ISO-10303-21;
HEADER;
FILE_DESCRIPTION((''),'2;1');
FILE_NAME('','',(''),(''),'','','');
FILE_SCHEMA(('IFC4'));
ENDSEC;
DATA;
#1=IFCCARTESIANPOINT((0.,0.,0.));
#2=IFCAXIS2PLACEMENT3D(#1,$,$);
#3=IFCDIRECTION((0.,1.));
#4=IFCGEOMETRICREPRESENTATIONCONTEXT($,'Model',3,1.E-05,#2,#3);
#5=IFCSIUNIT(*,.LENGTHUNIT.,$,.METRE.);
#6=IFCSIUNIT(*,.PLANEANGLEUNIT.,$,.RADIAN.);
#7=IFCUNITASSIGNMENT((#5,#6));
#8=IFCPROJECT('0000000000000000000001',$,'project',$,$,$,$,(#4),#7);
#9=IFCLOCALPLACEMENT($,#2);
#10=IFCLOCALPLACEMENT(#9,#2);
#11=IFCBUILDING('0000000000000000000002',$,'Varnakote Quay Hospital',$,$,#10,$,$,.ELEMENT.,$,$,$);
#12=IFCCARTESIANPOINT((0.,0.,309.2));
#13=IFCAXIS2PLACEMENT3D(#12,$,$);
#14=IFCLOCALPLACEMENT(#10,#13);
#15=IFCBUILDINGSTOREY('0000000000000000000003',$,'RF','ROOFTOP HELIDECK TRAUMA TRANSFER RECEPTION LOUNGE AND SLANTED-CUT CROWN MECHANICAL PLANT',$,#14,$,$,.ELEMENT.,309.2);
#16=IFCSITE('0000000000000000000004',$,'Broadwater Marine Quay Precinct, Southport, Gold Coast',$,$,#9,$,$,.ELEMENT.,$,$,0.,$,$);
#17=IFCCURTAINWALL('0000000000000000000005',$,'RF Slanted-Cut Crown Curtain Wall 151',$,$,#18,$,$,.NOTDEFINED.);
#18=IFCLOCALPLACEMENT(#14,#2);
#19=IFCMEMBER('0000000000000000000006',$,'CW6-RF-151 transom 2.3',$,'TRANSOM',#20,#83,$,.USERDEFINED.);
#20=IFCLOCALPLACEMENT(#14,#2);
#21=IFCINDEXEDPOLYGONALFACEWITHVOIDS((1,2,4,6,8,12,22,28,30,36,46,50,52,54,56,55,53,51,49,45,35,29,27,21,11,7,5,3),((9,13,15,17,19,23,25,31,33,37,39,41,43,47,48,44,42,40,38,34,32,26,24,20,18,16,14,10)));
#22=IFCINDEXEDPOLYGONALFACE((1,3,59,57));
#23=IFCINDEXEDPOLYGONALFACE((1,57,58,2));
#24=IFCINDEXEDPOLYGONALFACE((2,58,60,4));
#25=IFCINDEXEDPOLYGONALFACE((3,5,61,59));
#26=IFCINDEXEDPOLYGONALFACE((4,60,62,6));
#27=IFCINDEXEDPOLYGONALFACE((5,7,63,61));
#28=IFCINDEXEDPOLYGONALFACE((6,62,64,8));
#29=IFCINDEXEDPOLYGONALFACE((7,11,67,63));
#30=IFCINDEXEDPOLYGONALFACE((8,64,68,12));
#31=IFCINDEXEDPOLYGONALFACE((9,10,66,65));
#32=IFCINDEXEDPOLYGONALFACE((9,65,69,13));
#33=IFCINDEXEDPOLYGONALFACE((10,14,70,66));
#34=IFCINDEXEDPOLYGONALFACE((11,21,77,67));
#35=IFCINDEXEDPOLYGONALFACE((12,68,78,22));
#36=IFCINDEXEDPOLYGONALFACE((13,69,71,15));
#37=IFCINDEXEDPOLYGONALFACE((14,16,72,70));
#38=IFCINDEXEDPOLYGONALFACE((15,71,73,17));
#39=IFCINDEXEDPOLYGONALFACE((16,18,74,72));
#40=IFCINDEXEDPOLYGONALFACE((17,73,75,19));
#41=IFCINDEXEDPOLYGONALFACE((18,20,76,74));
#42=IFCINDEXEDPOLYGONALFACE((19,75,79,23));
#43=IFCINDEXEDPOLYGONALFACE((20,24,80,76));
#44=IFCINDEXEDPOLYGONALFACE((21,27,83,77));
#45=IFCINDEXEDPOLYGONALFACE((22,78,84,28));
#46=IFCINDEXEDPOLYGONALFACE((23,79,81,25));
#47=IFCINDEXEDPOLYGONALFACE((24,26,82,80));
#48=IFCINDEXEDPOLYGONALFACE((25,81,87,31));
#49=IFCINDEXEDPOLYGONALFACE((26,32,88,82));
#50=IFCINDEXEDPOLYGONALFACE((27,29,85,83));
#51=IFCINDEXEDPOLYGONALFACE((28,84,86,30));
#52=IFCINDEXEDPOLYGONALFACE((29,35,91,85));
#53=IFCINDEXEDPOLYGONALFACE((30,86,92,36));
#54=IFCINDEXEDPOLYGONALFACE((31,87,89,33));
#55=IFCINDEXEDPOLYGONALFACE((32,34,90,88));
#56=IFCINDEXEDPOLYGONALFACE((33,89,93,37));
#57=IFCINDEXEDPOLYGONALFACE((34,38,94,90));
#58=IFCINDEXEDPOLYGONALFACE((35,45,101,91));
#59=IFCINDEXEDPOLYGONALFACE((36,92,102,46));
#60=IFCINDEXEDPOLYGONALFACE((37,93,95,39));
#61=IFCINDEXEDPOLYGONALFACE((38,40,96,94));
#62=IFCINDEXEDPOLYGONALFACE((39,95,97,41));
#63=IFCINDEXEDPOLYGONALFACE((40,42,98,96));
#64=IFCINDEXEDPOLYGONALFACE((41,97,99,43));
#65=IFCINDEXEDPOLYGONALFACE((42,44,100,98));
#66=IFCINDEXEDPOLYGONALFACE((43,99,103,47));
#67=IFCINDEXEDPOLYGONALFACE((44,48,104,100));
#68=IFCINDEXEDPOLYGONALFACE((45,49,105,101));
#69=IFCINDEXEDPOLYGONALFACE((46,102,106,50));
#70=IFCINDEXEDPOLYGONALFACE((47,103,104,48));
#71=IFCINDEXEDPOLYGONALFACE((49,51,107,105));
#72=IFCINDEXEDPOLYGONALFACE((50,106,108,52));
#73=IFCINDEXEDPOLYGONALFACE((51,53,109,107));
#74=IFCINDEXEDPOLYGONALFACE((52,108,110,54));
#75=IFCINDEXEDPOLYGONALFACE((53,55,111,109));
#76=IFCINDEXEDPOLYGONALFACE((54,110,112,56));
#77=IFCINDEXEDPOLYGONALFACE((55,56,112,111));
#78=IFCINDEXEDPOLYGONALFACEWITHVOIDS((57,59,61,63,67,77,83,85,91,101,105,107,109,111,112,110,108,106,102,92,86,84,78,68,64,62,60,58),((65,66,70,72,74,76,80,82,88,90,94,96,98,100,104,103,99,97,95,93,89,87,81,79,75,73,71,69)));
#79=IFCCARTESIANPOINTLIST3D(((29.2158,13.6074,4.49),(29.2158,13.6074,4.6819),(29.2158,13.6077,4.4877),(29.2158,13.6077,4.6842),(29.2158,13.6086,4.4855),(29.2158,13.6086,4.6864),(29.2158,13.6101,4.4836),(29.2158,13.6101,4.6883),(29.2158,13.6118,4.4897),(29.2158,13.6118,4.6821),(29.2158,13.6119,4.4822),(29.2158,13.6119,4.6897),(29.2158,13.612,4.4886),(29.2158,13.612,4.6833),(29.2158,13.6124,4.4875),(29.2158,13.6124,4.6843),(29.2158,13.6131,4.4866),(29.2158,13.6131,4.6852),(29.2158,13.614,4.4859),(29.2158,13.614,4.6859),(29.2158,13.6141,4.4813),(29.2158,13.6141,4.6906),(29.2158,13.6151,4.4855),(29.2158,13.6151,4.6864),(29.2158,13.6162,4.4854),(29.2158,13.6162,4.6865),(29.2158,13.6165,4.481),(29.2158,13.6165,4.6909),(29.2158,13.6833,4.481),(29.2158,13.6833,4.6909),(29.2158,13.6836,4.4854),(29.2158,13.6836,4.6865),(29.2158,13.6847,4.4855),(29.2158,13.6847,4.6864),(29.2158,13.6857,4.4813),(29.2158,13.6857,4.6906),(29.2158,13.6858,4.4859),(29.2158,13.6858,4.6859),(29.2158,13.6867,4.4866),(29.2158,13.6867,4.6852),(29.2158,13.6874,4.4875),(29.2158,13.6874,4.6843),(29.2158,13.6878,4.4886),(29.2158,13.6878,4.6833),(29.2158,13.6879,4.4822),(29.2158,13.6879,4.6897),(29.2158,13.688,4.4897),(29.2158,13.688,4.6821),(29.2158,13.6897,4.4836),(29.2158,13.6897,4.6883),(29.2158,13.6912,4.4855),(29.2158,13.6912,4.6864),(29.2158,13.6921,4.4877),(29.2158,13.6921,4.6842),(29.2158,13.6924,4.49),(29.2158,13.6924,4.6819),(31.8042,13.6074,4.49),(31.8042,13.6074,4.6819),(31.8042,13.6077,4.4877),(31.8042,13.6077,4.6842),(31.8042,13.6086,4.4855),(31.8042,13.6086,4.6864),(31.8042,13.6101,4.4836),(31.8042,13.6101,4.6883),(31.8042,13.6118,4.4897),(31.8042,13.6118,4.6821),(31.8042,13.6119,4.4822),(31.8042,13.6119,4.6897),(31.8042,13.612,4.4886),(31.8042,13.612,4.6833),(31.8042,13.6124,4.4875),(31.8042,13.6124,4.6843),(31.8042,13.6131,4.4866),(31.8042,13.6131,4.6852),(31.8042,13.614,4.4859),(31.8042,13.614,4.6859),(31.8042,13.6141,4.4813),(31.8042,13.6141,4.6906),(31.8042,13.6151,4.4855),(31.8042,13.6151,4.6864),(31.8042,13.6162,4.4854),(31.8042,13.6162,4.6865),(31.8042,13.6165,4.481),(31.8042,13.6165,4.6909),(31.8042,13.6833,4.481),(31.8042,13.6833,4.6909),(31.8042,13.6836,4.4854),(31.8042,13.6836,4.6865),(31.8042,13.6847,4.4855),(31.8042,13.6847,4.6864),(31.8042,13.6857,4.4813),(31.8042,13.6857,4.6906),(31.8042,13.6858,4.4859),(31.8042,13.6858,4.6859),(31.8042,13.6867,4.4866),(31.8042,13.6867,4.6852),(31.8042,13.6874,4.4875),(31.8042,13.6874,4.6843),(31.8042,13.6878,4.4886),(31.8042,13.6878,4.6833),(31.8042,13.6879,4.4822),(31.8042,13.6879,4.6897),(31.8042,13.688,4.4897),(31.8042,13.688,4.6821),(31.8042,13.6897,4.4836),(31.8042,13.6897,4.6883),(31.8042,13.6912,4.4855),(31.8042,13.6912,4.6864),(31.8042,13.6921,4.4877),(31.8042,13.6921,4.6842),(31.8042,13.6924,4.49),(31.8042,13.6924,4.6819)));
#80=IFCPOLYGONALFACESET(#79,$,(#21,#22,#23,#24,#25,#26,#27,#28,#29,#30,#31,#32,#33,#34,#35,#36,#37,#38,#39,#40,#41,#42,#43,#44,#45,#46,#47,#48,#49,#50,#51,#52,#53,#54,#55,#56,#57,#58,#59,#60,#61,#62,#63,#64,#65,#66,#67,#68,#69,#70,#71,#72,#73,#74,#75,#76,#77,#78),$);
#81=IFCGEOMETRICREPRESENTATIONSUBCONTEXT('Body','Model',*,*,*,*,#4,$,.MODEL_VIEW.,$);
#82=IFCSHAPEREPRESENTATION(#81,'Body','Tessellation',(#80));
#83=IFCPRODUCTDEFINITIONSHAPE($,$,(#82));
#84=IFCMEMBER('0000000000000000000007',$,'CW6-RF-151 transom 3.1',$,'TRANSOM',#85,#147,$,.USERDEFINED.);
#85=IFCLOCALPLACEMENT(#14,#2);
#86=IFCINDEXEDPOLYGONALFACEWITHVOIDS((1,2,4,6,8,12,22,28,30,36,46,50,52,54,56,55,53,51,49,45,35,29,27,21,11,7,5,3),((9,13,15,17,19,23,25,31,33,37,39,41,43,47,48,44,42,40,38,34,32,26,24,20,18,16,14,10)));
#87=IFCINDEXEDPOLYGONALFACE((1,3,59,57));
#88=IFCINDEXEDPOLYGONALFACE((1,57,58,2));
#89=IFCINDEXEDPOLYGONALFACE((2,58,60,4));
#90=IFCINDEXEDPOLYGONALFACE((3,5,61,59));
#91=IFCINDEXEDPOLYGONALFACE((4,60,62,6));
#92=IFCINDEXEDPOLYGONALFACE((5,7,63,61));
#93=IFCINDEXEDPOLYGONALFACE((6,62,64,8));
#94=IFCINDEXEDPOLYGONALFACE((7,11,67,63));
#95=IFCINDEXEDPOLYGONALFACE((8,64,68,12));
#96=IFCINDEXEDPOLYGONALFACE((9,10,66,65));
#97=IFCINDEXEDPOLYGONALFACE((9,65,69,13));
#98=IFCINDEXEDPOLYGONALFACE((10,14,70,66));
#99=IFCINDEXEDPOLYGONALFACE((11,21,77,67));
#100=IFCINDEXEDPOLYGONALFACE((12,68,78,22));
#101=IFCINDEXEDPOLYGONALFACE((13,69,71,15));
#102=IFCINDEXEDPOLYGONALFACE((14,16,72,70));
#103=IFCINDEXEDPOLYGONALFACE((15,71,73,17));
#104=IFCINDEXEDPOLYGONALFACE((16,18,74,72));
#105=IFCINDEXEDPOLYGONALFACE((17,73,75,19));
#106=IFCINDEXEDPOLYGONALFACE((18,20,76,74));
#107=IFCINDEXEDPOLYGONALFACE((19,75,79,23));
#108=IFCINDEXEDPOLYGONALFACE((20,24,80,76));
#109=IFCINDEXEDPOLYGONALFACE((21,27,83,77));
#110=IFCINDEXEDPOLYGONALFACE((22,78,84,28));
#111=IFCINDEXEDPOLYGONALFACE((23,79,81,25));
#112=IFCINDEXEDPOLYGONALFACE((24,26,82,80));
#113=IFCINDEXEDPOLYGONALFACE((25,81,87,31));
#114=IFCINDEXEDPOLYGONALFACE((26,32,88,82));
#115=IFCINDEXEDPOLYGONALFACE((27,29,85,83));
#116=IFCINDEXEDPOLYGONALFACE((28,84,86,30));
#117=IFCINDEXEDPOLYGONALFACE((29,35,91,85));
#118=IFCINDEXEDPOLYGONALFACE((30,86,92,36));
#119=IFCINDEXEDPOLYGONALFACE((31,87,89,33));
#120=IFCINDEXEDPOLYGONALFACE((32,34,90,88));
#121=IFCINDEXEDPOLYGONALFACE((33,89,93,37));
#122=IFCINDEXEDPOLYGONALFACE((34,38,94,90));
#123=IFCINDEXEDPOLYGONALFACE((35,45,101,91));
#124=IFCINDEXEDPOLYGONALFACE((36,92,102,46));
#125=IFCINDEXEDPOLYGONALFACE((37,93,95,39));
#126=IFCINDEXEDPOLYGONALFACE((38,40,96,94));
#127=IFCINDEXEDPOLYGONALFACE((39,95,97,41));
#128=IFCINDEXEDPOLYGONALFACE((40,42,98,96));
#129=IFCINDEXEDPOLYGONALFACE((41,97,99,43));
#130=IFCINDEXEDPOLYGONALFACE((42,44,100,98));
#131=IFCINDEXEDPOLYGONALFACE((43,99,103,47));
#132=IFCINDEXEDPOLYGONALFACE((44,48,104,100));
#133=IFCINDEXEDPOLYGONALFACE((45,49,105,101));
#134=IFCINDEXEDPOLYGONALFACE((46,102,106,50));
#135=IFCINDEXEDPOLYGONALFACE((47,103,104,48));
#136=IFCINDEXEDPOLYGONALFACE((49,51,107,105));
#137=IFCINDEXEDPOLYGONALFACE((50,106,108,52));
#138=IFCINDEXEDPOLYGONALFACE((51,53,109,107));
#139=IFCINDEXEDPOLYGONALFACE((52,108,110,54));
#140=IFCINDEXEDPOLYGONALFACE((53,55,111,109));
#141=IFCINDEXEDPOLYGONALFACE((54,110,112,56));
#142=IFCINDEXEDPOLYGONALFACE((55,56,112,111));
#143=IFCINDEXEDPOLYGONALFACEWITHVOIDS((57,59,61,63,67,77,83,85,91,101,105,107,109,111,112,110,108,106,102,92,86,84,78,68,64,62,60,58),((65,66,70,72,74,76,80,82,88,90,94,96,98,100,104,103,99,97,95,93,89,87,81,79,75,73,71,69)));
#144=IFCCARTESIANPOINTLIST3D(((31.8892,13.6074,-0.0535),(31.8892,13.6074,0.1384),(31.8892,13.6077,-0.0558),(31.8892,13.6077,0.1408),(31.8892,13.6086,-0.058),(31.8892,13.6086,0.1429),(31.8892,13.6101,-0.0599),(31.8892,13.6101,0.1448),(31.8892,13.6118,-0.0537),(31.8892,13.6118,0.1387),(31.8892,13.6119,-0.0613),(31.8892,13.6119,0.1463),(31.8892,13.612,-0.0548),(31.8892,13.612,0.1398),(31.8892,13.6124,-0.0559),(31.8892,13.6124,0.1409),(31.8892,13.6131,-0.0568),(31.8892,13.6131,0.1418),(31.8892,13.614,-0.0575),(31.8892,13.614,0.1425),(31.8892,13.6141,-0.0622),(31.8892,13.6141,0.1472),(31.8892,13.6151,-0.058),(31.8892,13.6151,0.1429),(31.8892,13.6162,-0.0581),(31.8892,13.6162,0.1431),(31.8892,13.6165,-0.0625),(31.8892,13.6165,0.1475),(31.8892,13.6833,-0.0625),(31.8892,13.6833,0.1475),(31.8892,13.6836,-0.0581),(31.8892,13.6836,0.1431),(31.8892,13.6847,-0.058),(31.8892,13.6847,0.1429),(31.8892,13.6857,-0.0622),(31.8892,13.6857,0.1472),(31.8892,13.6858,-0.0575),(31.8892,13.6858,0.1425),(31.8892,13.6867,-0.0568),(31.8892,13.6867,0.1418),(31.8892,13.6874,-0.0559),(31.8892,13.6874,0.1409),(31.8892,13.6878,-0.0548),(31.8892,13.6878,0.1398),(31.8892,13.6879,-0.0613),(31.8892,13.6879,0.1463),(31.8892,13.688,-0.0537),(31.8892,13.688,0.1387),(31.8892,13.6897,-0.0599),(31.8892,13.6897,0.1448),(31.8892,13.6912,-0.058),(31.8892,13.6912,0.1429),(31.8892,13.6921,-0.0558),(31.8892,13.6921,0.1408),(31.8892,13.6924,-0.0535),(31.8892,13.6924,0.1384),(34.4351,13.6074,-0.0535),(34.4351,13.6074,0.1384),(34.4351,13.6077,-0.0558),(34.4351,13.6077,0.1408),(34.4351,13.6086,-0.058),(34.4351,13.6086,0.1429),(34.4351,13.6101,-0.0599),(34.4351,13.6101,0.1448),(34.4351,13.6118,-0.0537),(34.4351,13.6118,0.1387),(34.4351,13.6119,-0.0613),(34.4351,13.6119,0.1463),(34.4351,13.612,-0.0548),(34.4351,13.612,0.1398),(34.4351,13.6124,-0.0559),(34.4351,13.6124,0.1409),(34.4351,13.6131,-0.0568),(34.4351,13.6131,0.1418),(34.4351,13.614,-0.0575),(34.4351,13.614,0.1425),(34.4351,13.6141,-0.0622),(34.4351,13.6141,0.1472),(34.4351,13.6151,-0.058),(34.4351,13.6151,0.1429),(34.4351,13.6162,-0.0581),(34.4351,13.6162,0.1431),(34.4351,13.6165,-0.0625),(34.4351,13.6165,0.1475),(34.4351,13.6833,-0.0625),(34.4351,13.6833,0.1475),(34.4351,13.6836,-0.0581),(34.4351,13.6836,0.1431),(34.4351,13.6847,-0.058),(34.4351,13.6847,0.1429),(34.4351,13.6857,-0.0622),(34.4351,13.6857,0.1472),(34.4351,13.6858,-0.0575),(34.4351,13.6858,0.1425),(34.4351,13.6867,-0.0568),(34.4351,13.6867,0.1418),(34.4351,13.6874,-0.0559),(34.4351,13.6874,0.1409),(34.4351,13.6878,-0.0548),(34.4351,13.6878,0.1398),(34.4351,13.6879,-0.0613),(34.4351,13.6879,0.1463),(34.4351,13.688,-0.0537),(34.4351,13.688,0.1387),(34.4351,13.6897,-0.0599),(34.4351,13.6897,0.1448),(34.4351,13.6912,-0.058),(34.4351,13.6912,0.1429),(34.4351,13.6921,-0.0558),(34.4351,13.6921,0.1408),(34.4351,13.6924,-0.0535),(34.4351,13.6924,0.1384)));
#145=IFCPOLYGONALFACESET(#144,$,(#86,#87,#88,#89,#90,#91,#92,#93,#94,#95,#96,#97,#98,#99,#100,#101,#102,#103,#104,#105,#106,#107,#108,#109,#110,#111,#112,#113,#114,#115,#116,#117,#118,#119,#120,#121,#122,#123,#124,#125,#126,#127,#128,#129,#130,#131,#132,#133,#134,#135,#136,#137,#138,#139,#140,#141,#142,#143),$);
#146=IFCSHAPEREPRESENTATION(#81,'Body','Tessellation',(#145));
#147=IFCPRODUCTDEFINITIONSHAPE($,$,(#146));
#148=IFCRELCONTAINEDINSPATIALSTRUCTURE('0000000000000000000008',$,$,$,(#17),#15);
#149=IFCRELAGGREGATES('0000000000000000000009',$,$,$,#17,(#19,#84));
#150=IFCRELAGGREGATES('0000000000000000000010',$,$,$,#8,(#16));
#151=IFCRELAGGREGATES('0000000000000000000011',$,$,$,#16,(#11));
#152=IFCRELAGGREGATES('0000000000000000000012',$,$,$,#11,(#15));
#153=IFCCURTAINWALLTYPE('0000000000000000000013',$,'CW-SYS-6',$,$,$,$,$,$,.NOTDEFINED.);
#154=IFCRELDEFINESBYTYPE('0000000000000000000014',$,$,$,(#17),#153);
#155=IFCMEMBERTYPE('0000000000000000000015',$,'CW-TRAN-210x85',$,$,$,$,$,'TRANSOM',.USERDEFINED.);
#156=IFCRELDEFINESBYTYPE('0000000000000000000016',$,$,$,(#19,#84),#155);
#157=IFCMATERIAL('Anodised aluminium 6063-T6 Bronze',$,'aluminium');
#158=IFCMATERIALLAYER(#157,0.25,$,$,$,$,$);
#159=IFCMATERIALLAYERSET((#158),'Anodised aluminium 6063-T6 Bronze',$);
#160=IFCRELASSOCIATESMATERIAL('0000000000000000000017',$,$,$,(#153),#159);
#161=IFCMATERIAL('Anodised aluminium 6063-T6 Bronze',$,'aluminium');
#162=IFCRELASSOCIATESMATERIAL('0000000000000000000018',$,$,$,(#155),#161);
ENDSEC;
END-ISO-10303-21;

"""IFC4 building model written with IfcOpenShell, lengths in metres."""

from ifc_helpers import new_model, si_unit, direction, frame, origin, origin_2d, place, context, subcontext, project, spatial, hollow_rectangle, extrude, material, layer, layer_set, material_profile, profile_set, type_object, element, aggregate, save


model = new_model("IFC4")

# Units and contexts
model_context = context("Model", 3, precision=1e-05, world=origin(), true_north=direction((0.0, 1.0)))
body_context = subcontext(model_context, "Body", "Model", "MODEL_VIEW")
ifc_project = project(units=[si_unit("LENGTHUNIT", "METRE"), si_unit("PLANEANGLEUNIT", "RADIAN")], contexts=[model_context])

# Site, building, storey
site_placement = place(None, origin())
site = spatial("IfcSite", under=ifc_project, at=site_placement, Name="Broadwater Marine Quay Precinct, Southport, Gold Coast", CompositionType="ELEMENT", RefElevation=0.0)
building_placement = place(site_placement, origin())
building = spatial("IfcBuilding", under=site, at=building_placement, Name="Varnakote Quay Hospital", CompositionType="ELEMENT")
storey_placement = place(building_placement, frame((0.0, 0.0, 309.2)))
storey = spatial("IfcBuildingStorey", under=building, at=storey_placement, Name="RF", Description="ROOFTOP HELIDECK TRAUMA TRANSFER RECEPTION LOUNGE AND SLANTED-CUT CROWN MECHANICAL PLANT", CompositionType="ELEMENT", Elevation=309.2)

# Curtain wall
ifc_material_1 = material(Name="Anodised aluminium 6063-T6 Bronze", Category="aluminium")
ifc_layer_1 = layer(ifc_material_1, 0.25)
ifc_layer_set_1 = layer_set([ifc_layer_1], Name="Anodised aluminium 6063-T6 Bronze")
curtain_wall_type = type_object("IfcCurtainWallType", Name="CW-SYS-6", PredefinedType="NOTDEFINED", material=ifc_layer_set_1)
curtain_wall_1_placement = place(storey_placement, origin())
curtain_wall_1 = element("IfcCurtainWall", 1, at=curtain_wall_1_placement, inside=storey, type_object=curtain_wall_type, Name="RF Slanted-Cut Crown Curtain Wall 151", PredefinedType="NOTDEFINED")

# Members
ifc_material_2 = material(Name="Anodised aluminium 6063-T6 Bronze", Category="aluminium")
ifc_material_profile_1 = material_profile(ifc_material_2, hollow_rectangle(XDim=0.085, YDim=0.21, WallThickness=0.0044, InnerFilletRadius=0.0044, OuterFilletRadius=0.009, at=origin_2d()), Name="CW-TRAN-210x85")
ifc_profile_set_1 = profile_set([ifc_material_profile_1], Name="Anodised aluminium 6063-T6 Bronze")
member_type_1 = type_object("IfcMemberType", Name="CW-TRAN-210x85", ElementType="TRANSOM", PredefinedType="USERDEFINED", material=ifc_profile_set_1)
member_1_placement = place(storey_placement, frame((29.2158, 13.6499, 4.5859), z_axis=(1.0, 0.0, 0.0), x_axis=(0.0, 1.0, 0.0)))
member_1 = element("IfcMember", 2, at=member_1_placement, type_object=member_type_1, Name="CW6-RF-151 transom 2.3", ObjectType="TRANSOM", PredefinedType="USERDEFINED", context=body_context, shape_type="SweptSolid", body=[
    extrude(hollow_rectangle(XDim=0.085, YDim=0.21, WallThickness=0.0044, InnerFilletRadius=0.0044, OuterFilletRadius=0.009, at=origin_2d()), origin(), (0.0, 0.0, 1.0), 2.5884),
])
member_2_placement = place(storey_placement, frame((31.8892, 13.6499, 0.0425), z_axis=(1.0, 0.0, 0.0), x_axis=(0.0, 1.0, 0.0)))
member_2 = element("IfcMember", 3, at=member_2_placement, type_object=member_type_1, Name="CW6-RF-151 transom 3.1", ObjectType="TRANSOM", PredefinedType="USERDEFINED", context=body_context, shape_type="SweptSolid", body=[
    extrude(hollow_rectangle(XDim=0.085, YDim=0.21, WallThickness=0.0044, InnerFilletRadius=0.0044, OuterFilletRadius=0.009, at=origin_2d()), origin(), (0.0, 0.0, 1.0), 2.5459),
])

aggregate(curtain_wall_1, [member_1, member_2])

save(model, "model.ifc")
